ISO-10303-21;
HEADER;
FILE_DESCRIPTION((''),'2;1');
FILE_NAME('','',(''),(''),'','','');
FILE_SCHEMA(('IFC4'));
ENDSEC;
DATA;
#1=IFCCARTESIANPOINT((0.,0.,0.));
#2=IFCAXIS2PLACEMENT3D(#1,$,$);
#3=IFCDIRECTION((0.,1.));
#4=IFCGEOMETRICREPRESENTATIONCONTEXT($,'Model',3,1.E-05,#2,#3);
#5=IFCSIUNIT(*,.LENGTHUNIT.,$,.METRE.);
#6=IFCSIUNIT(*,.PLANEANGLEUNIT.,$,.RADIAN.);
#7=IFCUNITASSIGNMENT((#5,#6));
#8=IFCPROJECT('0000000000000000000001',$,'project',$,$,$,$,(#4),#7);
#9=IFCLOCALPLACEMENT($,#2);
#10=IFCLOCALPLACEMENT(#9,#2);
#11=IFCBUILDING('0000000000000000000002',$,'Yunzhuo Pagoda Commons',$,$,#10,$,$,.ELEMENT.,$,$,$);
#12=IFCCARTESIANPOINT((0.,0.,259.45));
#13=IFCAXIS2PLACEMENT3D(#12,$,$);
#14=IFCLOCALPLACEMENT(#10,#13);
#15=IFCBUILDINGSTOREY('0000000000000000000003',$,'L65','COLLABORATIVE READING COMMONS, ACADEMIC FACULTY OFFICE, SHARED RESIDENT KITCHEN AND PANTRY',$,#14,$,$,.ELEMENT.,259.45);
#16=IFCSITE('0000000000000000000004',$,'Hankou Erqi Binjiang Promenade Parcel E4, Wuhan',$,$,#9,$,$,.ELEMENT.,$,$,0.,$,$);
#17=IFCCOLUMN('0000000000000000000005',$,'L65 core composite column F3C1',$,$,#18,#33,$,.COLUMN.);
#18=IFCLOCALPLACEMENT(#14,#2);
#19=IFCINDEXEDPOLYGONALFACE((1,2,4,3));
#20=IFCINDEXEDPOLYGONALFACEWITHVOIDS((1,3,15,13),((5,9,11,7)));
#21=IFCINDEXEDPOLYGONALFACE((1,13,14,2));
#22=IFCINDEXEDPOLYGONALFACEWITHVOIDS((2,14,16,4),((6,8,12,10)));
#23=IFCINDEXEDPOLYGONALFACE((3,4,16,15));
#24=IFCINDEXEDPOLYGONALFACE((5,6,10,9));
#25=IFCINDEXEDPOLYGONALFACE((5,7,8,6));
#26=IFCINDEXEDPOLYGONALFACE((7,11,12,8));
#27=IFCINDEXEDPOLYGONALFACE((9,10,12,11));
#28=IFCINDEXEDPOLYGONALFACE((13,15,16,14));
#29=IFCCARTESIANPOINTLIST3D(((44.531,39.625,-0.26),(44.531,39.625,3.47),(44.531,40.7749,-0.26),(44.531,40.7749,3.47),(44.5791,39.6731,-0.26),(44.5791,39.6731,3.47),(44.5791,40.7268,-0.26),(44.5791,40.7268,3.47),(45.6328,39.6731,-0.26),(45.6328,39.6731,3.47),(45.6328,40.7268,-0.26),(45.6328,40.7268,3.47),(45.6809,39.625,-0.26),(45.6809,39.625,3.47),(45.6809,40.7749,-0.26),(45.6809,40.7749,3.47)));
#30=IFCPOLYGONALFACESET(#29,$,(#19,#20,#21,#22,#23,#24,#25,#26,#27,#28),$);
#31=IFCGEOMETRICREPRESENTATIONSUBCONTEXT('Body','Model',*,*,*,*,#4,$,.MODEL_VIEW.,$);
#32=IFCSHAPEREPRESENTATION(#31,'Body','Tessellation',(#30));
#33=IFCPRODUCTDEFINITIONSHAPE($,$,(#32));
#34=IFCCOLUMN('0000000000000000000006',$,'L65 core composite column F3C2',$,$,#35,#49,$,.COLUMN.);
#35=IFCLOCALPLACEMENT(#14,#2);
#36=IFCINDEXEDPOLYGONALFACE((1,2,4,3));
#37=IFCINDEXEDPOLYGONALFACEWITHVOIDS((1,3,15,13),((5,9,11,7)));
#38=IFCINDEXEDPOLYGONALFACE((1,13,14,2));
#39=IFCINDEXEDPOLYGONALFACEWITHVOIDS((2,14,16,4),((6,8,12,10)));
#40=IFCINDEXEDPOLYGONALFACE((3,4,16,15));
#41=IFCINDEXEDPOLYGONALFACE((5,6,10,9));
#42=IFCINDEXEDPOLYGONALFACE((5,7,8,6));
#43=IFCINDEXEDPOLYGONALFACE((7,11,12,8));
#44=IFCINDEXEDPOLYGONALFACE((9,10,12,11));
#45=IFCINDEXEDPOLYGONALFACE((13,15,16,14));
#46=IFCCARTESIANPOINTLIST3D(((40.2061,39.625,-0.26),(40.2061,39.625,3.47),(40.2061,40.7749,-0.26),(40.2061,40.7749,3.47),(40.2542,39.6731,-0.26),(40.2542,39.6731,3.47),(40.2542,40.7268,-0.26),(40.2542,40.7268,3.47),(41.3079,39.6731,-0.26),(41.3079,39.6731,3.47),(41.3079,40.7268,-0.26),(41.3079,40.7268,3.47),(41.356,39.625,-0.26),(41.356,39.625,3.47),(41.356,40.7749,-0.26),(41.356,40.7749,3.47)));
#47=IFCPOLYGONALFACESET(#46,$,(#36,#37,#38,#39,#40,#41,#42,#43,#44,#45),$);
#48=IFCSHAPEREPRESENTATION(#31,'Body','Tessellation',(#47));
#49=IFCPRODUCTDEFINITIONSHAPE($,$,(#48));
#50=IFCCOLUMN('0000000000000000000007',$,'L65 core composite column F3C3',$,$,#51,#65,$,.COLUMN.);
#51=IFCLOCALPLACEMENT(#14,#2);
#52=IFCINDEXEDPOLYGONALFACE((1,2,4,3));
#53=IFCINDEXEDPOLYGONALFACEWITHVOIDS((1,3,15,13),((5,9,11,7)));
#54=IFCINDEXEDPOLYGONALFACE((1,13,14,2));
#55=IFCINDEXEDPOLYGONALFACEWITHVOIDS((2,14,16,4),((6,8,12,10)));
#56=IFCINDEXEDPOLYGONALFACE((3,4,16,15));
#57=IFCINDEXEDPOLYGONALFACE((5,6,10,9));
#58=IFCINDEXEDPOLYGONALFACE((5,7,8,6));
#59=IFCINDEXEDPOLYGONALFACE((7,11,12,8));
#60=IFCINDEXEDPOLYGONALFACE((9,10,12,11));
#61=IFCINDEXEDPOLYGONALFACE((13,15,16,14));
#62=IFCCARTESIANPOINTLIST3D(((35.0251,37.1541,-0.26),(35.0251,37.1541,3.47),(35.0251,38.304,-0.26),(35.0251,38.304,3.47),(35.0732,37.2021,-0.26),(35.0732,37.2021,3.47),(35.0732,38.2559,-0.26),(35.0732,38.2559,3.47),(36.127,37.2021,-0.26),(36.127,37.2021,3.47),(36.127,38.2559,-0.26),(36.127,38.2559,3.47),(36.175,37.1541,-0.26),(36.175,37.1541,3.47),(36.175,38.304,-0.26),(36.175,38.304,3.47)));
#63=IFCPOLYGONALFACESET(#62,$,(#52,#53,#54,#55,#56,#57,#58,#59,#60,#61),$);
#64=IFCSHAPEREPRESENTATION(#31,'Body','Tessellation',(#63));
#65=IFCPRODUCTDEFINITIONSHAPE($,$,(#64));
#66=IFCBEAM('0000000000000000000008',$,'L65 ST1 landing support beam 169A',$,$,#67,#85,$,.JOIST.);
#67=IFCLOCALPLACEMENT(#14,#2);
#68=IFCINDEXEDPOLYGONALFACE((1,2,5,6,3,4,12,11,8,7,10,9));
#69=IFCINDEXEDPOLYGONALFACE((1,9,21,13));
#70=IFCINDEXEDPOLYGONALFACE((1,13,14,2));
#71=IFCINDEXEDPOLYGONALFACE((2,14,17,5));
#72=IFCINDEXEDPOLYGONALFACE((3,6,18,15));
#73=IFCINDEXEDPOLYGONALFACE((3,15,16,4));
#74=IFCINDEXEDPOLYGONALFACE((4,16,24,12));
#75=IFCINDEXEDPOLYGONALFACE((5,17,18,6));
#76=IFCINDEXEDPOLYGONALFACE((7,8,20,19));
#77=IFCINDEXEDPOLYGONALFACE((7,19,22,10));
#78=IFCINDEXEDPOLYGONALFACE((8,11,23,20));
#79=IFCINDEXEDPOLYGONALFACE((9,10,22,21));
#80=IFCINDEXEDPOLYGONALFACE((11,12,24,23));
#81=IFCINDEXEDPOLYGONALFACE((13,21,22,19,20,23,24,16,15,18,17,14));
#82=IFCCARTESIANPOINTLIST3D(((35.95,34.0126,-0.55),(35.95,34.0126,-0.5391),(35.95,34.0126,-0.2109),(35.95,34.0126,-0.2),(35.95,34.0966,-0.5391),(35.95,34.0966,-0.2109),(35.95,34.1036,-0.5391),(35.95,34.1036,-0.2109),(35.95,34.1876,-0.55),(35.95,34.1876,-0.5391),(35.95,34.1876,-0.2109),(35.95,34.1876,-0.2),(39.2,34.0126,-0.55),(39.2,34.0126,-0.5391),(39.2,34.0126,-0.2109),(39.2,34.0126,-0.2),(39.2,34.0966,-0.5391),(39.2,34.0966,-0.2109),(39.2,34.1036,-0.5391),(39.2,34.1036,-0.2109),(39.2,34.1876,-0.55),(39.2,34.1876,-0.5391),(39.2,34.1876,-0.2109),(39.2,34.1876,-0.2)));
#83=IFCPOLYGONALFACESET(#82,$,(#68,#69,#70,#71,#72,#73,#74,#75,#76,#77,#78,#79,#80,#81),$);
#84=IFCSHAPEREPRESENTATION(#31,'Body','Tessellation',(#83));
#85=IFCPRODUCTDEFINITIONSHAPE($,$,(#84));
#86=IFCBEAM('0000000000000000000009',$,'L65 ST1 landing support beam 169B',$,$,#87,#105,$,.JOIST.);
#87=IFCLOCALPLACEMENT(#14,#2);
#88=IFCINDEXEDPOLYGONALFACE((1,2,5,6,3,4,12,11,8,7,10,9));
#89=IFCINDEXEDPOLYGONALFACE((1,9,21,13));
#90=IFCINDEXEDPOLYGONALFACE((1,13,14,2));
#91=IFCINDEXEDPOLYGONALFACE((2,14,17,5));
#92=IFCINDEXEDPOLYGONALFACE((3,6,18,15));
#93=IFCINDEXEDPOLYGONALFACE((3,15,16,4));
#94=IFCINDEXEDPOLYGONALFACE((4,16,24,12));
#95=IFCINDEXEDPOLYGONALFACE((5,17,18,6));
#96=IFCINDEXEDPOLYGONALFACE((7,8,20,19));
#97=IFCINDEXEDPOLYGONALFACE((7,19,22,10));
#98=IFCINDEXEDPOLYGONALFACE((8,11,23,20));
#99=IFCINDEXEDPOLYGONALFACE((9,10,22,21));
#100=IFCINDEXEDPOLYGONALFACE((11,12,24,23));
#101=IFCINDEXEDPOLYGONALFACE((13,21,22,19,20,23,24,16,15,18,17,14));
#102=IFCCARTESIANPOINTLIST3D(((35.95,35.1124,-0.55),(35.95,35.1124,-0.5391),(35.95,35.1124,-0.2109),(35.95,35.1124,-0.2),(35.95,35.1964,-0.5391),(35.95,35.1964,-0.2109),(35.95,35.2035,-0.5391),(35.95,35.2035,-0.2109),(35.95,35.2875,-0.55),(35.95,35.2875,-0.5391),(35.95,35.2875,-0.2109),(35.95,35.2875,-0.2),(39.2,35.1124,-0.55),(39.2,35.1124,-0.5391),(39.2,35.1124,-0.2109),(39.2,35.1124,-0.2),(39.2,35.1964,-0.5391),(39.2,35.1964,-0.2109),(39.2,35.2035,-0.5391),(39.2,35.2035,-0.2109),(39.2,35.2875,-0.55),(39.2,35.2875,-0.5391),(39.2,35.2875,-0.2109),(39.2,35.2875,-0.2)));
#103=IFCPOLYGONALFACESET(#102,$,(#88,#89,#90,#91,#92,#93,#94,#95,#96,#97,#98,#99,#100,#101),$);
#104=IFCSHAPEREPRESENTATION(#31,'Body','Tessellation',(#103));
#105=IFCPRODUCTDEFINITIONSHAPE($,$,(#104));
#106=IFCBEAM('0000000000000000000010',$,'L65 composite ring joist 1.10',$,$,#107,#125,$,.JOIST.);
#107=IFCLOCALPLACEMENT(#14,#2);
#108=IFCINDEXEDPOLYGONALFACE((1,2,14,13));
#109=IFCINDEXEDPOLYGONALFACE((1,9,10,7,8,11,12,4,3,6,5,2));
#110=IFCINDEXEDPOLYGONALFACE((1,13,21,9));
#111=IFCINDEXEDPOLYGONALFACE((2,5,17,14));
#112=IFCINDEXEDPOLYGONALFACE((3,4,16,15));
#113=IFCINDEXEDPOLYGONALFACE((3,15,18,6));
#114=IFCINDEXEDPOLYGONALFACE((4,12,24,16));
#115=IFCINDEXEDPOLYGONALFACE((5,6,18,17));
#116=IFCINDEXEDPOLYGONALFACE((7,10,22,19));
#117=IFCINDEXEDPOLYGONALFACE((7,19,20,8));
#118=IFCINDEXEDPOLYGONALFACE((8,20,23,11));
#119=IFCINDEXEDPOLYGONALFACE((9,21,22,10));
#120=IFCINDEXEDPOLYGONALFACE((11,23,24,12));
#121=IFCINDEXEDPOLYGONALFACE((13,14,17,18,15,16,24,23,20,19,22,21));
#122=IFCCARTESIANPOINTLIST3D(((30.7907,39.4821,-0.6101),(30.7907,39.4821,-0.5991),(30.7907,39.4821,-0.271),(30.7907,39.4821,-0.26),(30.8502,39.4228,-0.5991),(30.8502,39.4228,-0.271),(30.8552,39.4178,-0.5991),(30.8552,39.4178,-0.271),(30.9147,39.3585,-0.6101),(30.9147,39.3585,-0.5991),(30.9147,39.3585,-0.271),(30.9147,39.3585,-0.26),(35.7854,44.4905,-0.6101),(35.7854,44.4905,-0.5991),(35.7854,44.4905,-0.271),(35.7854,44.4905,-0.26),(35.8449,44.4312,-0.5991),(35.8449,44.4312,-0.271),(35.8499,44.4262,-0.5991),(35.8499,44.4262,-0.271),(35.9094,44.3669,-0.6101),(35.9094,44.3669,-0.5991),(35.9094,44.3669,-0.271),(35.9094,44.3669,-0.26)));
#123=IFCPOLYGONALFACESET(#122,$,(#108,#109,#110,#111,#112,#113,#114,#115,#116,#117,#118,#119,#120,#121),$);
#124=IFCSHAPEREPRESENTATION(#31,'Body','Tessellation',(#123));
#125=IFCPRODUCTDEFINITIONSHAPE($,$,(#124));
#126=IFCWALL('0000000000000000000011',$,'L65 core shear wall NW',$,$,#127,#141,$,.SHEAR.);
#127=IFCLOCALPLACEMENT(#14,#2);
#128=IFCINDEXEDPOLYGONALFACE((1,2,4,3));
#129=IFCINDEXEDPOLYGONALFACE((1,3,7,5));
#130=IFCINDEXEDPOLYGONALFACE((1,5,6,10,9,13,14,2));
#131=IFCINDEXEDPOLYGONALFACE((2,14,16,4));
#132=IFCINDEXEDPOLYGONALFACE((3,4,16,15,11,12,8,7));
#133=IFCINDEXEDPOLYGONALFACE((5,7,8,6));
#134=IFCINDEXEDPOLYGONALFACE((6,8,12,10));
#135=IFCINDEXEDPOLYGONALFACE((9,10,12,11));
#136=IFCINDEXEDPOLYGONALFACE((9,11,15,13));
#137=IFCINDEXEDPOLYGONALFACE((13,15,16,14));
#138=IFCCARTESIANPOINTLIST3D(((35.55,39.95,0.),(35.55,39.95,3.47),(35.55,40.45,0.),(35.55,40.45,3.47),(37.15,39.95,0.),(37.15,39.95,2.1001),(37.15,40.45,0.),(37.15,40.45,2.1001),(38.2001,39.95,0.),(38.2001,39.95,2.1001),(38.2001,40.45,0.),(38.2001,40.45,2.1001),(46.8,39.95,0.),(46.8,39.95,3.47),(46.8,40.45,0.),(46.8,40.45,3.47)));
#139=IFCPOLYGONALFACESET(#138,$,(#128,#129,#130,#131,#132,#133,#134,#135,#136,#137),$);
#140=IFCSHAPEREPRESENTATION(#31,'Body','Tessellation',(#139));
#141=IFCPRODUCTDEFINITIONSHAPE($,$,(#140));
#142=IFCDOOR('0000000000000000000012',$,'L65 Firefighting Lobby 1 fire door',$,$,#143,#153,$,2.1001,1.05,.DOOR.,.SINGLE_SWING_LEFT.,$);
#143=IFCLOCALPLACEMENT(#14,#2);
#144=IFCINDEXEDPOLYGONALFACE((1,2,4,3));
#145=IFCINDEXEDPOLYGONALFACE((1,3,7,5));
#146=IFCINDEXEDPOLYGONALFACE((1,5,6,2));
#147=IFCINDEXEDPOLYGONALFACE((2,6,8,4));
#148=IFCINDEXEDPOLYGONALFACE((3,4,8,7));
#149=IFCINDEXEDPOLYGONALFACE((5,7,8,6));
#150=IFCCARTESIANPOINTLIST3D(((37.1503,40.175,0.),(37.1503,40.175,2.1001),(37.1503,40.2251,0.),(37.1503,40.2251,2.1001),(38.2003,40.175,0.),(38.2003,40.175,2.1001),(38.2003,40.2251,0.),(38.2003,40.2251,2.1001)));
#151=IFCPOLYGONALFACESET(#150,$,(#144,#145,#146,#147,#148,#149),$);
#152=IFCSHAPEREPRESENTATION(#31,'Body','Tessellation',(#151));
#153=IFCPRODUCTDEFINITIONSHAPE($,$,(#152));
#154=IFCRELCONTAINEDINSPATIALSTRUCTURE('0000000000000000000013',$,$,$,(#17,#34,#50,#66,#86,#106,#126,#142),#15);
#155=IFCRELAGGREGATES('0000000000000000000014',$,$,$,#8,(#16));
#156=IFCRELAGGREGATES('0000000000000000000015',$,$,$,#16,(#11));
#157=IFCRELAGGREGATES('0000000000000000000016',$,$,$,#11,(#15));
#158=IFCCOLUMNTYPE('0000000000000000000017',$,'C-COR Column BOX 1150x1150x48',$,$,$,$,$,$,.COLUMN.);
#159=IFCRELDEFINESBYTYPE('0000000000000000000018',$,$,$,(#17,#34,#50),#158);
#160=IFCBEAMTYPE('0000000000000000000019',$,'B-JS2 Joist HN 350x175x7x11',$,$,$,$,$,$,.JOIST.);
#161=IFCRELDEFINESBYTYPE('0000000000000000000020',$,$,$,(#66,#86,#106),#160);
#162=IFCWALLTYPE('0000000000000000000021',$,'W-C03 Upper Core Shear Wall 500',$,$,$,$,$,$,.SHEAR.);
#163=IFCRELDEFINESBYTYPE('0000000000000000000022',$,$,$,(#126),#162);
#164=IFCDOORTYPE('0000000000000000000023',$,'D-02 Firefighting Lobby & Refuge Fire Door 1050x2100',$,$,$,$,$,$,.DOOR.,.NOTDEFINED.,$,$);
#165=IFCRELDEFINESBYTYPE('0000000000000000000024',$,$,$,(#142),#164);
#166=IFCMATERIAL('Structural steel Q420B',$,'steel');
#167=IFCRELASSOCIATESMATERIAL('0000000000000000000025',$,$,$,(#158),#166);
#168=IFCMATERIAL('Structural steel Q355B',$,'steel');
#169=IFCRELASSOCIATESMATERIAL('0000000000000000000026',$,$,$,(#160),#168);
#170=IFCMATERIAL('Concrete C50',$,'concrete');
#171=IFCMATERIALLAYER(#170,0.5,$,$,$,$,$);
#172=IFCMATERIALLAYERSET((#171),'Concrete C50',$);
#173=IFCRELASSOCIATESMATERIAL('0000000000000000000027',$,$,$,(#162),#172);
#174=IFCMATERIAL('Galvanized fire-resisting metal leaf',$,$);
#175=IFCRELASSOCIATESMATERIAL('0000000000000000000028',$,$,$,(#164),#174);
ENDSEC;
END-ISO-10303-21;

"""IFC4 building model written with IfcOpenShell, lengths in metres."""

from ifc_helpers import new_model, si_unit, direction, frame, frame_2d, origin, origin_2d, place, context, subcontext, project, spatial, rectangle, hollow_rectangle, i_section, extrude, source, transform, mapped, material, layer, layer_set, material_profile, profile_set, type_object, element, fill, save


model = new_model("IFC4")

# Units and contexts
model_context = context("Model", 3, precision=1e-05, world=origin(), true_north=direction((0.0, 1.0)))
body_context = subcontext(model_context, "Body", "Model", "MODEL_VIEW")
ifc_project = project(units=[si_unit("LENGTHUNIT", "METRE"), si_unit("PLANEANGLEUNIT", "RADIAN")], contexts=[model_context])

# Site, building, storey
site_placement = place(None, origin())
site = spatial("IfcSite", under=ifc_project, at=site_placement, Name="Hankou Erqi Binjiang Promenade Parcel E4, Wuhan", CompositionType="ELEMENT", RefElevation=0.0)
building_placement = place(site_placement, origin())
building = spatial("IfcBuilding", under=site, at=building_placement, Name="Yunzhuo Pagoda Commons", CompositionType="ELEMENT")
storey_placement = place(building_placement, frame((0.0, 0.0, 259.45)))
storey = spatial("IfcBuildingStorey", under=building, at=storey_placement, Name="L65", Description="COLLABORATIVE READING COMMONS, ACADEMIC FACULTY OFFICE, SHARED RESIDENT KITCHEN AND PANTRY", CompositionType="ELEMENT", Elevation=259.45)

# Columns
ifc_material_1 = material(Name="Structural steel Q420B", Category="steel")
ifc_material_profile_1 = material_profile(ifc_material_1, hollow_rectangle(XDim=1.1499, YDim=1.1499, WallThickness=0.0481, at=origin_2d()), Name="Structural steel Q420B")
ifc_profile_set_1 = profile_set([ifc_material_profile_1], Name="Structural steel Q420B")
column_type = type_object("IfcColumnType", Name="C-COR Column BOX 1150x1150x48", PredefinedType="COLUMN", material=ifc_profile_set_1)
shared_shape_1 = source(origin(), body_context, "Body", "SweptSolid", [
    extrude(hollow_rectangle(XDim=1.1499, YDim=1.1499, WallThickness=0.0481, at=origin_2d()), origin(), (0.0, 0.0, 1.0), 3.73),
])
for number, where, z_axis, x_axis, name in (
    (1, (45.106, 40.2, -0.26), (0.0, 0.0, 1.0), (1.0, 0.0, 0.0), "L65 core composite column F3C1"),
    (2, (40.781, 40.2, -0.26), (0.0, 0.0, 1.0), (1.0, 0.0, 0.0), "L65 core composite column F3C2"),
    (3, (35.6001, 37.729, -0.26), (0.0, 0.0, 1.0), (1.0, 0.0, 0.0), "L65 core composite column F3C3"),
):
    element("IfcColumn", number, at=place(storey_placement, frame(where, z_axis=z_axis, x_axis=x_axis)), inside=storey, type_object=column_type, Name=name, PredefinedType="COLUMN", context=body_context, shape_type="MappedRepresentation", body=[
        mapped(shared_shape_1, transform((0.0, 0.0, 0.0), scale=1.0)),
    ])

# Beams
ifc_material_2 = material(Name="Structural steel Q355B", Category="steel")
ifc_material_profile_2 = material_profile(ifc_material_2, i_section(OverallWidth=0.175, OverallDepth=0.3501, WebThickness=0.0071, FlangeThickness=0.011, at=origin_2d()), Name="Structural steel Q355B")
ifc_profile_set_2 = profile_set([ifc_material_profile_2], Name="Structural steel Q355B")
beam_type = type_object("IfcBeamType", Name="B-JS2 Joist HN 350x175x7x11", PredefinedType="JOIST", material=ifc_profile_set_2)
shared_shape_2 = source(origin(), body_context, "Body", "SweptSolid", [
    extrude(i_section(OverallWidth=0.175, OverallDepth=0.3501, WebThickness=0.0071, FlangeThickness=0.011, at=origin_2d()), origin(), (0.0, 0.0, 1.0), 3.25),
])
for number, where, z_axis, x_axis, name in (
    (4, (35.95, 34.1001, -0.375), (1.0, 0.0, 0.0), (0.0, 1.0, 0.0), "L65 ST1 landing support beam 169A"),
    (5, (35.95, 35.2, -0.375), (1.0, 0.0, 0.0), (0.0, 1.0, 0.0), "L65 ST1 landing support beam 169B"),
):
    element("IfcBeam", number, at=place(storey_placement, frame(where, z_axis=z_axis, x_axis=x_axis)), inside=storey, type_object=beam_type, Name=name, PredefinedType="JOIST", context=body_context, shape_type="MappedRepresentation", body=[
        mapped(shared_shape_2, transform((0.0, 0.0, 0.0), scale=1.0)),
    ])
shared_shape_3 = source(origin(), body_context, "Body", "SweptSolid", [
    extrude(i_section(OverallWidth=0.175, OverallDepth=0.3501, WebThickness=0.0071, FlangeThickness=0.011, at=origin_2d()), origin(), (0.0, 0.0, 1.0), 7.0732),
])
beam_placement = place(storey_placement, frame((35.8474, 44.4287, -0.4351), z_axis=(-0.70614, -0.708073, 0.0), x_axis=(0.708073, -0.70614, 0.0)))
element("IfcBeam", 6, at=beam_placement, inside=storey, type_object=beam_type, Name="L65 composite ring joist 1.10", PredefinedType="JOIST", context=body_context, shape_type="MappedRepresentation", body=[
    mapped(shared_shape_3, transform((0.0, 0.0, 0.0), scale=1.0)),
])

# Wall, opening, door
ifc_material_3 = material(Name="Concrete C50", Category="concrete")
ifc_layer_1 = layer(ifc_material_3, 0.5)
ifc_layer_set_1 = layer_set([ifc_layer_1], Name="Concrete C50")
wall_type_1 = type_object("IfcWallType", Name="W-C03 Upper Core Shear Wall 500", PredefinedType="SHEAR", material=ifc_layer_set_1)
wall_1_placement = place(storey_placement, frame((35.55, 40.2, 0.0), z_axis=(0.0, 0.0, 1.0), x_axis=(1.0, 0.0, 0.0)))
wall_1 = element("IfcWall", 7, at=wall_1_placement, inside=storey, type_object=wall_type_1, Name="L65 core shear wall NW", PredefinedType="SHEAR", context=body_context, shape_type="SweptSolid", body=[
    extrude(rectangle(XDim=11.25, YDim=0.5, at=frame_2d((5.625, 0.0))), origin(), (0.0, 0.0, 1.0), 3.47),
])
opening_1_placement = place(wall_1_placement, frame((1.6001, 0.0, 0.0)))
opening_1 = element("IfcOpeningElement", 8, at=opening_1_placement, cuts=wall_1, PredefinedType="OPENING", context=body_context, shape_type="SweptSolid", body=[
    extrude(rectangle(XDim=1.05, YDim=2.1001, at=frame_2d((0.5249, 1.05))), frame((0.0, 0.26, 0.0), z_axis=(0.0, -1.0, 0.0), x_axis=(1.0, 0.0, 0.0)), (0.0, 0.0, 1.0), 0.52),
])
ifc_material_4 = material(Name="Galvanized fire-resisting metal leaf")
door_type_1 = type_object("IfcDoorType", Name="D-02 Firefighting Lobby & Refuge Fire Door 1050x2100", OperationType="NOTDEFINED", PredefinedType="DOOR", material=ifc_material_4)
shared_shape_4 = source(origin(), body_context, "Body", "SweptSolid", [
    extrude(rectangle(XDim=1.05, YDim=2.1001, at=frame_2d((0.5249, 1.05))), frame((0.0, 0.0249, 0.0), z_axis=(0.0, -1.0, 0.0), x_axis=(1.0, 0.0, 0.0)), (0.0, 0.0, 1.0), 0.05),
])
door_1_placement = place(opening_1_placement, frame((1.05, 0.0, 0.0), z_axis=(0.0, 0.0, 1.0), x_axis=(-1.0, 0.0, 0.0)))
door_1 = element("IfcDoor", 9, at=door_1_placement, inside=storey, type_object=door_type_1, Name="L65 Firefighting Lobby 1 fire door", OperationType="SINGLE_SWING_LEFT", OverallHeight=2.1001, OverallWidth=1.05, PredefinedType="DOOR", context=body_context, shape_type="MappedRepresentation", body=[
    mapped(shared_shape_4, transform((0.0, 0.0, 0.0), scale=1.0)),
])
fill(opening_1, door_1)

save(model, "model.ifc")
